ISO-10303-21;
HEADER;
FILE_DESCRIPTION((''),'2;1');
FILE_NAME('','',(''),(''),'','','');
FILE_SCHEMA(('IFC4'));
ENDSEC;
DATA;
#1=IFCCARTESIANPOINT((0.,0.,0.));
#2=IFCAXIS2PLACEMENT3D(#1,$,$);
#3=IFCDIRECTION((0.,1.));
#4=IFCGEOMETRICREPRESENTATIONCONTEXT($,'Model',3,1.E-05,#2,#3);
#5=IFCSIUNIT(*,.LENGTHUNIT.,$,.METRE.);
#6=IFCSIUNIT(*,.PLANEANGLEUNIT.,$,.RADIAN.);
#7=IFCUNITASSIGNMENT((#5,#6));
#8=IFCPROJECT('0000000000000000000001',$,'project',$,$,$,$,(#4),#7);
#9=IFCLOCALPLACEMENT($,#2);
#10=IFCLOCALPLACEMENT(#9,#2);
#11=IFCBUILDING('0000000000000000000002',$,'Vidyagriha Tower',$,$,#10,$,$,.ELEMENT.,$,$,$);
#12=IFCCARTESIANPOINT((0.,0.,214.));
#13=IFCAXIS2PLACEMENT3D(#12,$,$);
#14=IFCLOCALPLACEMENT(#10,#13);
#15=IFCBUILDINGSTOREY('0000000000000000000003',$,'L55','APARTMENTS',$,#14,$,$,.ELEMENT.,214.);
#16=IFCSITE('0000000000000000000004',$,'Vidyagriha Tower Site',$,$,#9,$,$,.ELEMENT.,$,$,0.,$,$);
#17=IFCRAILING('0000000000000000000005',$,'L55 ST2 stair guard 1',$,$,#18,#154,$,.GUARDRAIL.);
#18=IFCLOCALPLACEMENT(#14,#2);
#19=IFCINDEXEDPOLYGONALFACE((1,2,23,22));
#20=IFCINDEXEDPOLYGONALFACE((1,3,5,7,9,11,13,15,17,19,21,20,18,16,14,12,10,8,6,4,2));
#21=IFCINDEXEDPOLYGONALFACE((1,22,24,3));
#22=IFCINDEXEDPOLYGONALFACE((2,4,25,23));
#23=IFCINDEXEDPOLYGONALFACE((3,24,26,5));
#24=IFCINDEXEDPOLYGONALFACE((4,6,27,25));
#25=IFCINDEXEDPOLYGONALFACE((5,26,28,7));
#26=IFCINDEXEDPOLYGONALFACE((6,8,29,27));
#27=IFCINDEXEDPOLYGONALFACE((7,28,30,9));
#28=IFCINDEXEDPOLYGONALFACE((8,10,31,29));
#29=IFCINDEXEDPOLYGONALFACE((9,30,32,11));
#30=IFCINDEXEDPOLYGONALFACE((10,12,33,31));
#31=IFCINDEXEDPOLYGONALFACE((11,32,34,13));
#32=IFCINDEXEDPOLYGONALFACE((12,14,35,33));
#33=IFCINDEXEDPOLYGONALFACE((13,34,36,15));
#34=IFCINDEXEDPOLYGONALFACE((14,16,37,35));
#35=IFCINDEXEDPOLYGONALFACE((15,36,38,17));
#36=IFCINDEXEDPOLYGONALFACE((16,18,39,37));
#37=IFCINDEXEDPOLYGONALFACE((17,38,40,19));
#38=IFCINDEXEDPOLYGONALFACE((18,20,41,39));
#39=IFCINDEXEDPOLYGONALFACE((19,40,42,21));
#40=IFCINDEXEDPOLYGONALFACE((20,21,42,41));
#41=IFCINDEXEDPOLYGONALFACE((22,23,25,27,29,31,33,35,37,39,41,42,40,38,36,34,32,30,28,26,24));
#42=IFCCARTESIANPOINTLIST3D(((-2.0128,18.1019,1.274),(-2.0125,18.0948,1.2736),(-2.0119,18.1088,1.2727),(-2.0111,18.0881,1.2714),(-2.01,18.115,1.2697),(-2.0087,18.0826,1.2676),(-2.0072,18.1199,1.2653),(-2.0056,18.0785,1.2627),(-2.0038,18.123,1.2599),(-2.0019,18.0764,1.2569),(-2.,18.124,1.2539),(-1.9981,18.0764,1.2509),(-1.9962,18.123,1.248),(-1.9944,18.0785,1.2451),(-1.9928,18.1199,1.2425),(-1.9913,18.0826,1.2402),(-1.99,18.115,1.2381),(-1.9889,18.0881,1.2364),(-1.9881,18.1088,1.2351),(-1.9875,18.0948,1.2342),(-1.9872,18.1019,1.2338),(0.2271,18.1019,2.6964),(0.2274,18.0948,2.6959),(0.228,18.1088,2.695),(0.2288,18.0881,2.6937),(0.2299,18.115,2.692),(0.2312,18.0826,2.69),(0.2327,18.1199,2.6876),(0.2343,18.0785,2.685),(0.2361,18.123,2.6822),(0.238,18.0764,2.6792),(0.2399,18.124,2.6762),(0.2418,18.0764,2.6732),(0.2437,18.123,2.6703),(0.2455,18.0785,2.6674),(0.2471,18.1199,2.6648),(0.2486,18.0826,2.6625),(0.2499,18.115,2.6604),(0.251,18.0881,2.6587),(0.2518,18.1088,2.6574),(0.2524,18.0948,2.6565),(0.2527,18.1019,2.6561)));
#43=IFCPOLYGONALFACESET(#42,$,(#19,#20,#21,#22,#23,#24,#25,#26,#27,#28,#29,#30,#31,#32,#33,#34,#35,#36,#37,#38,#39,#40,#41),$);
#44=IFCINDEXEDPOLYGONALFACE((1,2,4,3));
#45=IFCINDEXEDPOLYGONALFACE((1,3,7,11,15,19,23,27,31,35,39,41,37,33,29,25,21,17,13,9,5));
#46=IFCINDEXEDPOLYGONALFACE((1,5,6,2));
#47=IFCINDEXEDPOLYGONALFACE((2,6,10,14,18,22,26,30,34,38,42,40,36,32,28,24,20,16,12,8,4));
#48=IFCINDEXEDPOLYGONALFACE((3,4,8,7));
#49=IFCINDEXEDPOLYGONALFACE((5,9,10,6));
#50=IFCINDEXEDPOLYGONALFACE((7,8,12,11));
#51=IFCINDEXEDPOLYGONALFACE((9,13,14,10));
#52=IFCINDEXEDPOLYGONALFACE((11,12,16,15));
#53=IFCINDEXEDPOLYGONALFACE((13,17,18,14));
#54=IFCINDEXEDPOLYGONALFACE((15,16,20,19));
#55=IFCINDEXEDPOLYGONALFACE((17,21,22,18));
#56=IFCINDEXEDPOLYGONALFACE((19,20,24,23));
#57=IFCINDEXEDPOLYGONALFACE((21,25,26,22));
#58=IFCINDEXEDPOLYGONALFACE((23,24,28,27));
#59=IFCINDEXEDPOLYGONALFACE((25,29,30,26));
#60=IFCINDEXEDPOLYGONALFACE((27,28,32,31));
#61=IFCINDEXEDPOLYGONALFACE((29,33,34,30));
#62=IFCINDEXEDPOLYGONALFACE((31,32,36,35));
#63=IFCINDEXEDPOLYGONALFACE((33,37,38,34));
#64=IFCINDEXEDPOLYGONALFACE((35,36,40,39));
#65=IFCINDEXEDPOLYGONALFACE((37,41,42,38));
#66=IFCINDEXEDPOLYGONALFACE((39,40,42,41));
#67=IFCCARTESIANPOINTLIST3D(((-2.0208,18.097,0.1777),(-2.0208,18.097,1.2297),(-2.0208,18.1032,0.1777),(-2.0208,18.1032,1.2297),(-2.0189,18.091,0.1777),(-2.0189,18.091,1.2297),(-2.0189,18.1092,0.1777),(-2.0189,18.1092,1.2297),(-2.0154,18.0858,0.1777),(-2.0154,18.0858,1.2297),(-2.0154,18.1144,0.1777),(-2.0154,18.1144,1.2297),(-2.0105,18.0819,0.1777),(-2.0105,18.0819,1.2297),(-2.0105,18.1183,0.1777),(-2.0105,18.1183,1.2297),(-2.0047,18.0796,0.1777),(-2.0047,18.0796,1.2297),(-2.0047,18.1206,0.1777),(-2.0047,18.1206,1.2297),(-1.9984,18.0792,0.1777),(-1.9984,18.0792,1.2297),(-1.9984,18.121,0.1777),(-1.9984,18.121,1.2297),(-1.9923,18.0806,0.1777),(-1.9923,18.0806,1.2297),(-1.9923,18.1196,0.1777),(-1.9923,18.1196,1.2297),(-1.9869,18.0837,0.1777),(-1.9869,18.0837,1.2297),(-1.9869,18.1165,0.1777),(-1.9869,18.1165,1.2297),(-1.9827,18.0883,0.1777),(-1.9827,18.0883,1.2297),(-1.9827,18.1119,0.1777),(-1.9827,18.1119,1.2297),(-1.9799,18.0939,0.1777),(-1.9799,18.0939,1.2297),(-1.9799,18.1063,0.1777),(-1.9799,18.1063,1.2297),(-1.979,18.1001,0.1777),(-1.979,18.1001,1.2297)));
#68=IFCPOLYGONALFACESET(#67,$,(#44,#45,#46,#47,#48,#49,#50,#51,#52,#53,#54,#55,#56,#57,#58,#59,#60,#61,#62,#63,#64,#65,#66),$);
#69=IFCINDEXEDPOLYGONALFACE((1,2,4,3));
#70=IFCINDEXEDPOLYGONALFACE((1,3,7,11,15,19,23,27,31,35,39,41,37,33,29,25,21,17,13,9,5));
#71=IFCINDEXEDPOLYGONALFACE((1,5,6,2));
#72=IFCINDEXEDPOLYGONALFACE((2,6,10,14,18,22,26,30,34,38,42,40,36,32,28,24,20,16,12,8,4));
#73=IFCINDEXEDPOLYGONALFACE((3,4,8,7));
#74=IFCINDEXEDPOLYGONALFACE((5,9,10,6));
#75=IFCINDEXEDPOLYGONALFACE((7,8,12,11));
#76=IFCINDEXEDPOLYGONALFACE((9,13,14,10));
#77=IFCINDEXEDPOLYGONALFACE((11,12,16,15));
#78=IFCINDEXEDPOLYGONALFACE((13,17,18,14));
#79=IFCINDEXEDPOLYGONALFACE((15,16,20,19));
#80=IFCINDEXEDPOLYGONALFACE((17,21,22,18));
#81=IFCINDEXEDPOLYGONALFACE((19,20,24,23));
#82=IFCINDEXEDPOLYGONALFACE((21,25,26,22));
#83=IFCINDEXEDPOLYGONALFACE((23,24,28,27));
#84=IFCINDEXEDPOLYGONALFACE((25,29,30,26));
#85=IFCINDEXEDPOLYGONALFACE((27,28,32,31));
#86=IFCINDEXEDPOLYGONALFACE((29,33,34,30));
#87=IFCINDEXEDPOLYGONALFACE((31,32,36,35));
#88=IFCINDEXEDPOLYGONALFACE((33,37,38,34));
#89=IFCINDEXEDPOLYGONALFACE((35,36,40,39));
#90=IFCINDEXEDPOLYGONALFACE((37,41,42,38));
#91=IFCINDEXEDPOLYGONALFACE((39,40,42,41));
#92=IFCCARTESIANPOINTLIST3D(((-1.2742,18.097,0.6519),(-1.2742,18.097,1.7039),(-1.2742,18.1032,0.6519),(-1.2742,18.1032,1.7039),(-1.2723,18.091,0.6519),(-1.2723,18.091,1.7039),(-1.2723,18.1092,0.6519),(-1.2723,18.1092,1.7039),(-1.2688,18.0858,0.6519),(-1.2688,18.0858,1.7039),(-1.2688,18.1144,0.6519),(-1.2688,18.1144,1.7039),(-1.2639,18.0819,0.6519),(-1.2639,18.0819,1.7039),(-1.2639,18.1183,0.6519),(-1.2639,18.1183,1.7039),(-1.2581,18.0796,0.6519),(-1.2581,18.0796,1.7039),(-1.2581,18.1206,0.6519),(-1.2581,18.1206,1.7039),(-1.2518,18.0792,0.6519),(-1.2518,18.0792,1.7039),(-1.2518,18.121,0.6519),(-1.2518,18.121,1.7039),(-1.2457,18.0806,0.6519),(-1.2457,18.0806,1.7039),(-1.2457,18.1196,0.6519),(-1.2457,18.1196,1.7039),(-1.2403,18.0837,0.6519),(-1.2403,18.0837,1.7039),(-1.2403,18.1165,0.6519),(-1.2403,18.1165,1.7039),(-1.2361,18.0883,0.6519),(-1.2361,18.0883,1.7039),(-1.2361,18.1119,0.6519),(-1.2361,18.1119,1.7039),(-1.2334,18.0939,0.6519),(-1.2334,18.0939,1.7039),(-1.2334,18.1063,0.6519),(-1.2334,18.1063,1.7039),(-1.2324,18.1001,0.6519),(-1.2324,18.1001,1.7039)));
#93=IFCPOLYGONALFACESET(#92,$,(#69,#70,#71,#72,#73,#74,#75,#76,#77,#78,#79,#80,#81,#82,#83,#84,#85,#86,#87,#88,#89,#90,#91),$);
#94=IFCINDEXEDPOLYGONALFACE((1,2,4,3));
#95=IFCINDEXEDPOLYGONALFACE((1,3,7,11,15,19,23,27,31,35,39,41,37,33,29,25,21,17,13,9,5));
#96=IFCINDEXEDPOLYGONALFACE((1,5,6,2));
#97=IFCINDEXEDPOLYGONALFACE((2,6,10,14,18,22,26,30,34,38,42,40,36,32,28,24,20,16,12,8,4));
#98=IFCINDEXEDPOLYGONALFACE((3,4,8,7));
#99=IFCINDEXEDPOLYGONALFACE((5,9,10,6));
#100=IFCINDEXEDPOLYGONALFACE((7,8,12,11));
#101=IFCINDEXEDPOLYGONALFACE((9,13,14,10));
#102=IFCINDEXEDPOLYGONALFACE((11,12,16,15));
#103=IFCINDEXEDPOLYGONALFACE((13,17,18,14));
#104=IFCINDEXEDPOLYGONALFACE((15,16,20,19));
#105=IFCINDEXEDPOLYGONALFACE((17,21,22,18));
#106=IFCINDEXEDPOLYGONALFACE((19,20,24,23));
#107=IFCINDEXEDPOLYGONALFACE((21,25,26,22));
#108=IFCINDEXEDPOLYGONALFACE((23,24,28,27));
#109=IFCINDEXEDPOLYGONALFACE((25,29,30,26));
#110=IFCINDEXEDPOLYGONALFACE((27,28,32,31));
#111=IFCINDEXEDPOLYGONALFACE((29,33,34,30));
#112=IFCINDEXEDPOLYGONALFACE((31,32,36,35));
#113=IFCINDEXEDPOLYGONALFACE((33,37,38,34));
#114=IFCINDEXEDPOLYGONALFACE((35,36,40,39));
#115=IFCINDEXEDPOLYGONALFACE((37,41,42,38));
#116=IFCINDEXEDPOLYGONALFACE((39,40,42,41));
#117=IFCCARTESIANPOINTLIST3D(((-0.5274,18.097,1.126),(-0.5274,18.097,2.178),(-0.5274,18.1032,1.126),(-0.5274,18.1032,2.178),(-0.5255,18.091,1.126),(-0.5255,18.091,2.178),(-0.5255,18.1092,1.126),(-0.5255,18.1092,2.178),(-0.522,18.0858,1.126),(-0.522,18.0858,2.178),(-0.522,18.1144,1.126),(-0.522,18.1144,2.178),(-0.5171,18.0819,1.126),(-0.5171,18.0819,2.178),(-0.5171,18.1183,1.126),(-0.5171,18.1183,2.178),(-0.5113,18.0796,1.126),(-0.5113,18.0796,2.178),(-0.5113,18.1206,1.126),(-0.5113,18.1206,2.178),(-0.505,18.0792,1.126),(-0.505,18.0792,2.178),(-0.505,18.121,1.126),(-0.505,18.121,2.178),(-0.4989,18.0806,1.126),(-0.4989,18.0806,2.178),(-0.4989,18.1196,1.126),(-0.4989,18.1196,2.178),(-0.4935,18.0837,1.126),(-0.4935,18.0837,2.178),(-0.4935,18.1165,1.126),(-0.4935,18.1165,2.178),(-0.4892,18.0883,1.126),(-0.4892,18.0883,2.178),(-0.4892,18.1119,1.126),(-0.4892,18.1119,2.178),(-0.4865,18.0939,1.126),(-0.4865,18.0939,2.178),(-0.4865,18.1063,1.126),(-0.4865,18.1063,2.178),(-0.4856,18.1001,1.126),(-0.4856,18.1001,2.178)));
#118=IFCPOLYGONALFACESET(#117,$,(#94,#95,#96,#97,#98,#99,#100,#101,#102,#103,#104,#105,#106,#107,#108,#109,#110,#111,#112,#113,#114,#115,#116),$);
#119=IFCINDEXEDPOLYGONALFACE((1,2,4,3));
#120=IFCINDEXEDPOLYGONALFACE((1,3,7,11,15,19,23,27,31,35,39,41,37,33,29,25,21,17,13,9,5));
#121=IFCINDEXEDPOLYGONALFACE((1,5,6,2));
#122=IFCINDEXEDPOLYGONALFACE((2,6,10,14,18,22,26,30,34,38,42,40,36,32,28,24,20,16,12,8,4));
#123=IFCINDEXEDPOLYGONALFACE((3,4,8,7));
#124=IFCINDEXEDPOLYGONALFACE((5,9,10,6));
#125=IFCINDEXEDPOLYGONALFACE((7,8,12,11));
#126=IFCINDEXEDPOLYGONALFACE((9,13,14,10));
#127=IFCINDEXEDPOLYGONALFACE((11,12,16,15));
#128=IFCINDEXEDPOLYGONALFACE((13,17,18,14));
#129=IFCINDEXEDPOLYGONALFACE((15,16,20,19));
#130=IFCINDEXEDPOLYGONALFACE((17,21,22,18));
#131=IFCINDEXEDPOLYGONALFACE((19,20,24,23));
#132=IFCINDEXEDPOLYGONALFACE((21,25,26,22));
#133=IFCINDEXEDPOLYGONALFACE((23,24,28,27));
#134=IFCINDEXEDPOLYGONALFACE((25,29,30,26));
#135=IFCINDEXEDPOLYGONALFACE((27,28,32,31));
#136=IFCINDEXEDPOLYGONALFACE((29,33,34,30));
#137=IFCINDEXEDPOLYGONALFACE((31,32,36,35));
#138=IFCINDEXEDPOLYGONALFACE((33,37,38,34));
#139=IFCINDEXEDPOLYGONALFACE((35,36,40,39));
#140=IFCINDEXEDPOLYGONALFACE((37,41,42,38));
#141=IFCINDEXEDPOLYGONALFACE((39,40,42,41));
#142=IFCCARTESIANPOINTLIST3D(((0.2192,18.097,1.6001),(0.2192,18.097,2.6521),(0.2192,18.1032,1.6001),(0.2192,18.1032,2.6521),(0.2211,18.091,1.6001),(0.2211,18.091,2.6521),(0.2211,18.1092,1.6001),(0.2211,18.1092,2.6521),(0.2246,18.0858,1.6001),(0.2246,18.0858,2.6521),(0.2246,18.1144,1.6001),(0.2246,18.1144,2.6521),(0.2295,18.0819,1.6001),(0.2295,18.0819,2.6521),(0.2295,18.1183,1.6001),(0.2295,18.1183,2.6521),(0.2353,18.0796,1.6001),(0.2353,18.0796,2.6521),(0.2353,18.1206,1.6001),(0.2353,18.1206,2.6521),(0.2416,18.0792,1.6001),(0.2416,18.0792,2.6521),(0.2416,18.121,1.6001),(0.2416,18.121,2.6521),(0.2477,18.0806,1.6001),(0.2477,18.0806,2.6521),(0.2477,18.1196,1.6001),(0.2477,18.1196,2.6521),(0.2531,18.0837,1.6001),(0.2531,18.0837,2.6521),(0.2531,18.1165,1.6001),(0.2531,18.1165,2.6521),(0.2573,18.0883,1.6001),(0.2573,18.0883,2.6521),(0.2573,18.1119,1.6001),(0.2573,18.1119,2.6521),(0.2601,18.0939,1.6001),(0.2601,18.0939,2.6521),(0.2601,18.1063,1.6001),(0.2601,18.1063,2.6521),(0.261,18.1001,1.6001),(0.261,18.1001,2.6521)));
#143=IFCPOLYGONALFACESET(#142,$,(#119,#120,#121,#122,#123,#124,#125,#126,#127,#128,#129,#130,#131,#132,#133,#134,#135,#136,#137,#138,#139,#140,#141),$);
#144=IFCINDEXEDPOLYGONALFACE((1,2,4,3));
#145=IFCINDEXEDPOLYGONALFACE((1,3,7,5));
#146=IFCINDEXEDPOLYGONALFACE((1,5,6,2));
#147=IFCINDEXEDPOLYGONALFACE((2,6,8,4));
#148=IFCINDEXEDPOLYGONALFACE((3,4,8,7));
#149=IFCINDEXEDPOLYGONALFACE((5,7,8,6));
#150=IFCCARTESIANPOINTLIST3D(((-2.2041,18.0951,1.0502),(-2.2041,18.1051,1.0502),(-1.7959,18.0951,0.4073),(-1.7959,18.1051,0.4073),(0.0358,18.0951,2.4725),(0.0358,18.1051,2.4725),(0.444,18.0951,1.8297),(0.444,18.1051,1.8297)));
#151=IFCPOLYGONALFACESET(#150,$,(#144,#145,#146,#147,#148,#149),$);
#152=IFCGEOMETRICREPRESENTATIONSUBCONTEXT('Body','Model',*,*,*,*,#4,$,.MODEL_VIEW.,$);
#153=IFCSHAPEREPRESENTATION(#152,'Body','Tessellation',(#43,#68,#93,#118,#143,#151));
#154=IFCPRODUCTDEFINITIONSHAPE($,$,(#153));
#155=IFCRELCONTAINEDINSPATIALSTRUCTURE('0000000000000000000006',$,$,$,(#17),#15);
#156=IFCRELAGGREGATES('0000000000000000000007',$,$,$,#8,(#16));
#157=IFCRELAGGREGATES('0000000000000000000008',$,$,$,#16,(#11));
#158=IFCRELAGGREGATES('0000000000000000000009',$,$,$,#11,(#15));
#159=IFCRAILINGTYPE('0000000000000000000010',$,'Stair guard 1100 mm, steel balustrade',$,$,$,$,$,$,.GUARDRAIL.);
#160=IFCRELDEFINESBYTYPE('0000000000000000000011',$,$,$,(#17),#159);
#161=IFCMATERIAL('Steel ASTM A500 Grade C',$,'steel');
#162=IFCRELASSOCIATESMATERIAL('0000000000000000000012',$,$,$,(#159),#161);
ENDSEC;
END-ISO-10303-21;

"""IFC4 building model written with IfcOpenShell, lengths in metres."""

from ifc_helpers import new_model, si_unit, direction, frame, origin, origin_2d, place, context, subcontext, project, spatial, rectangle, circle, extrude, material, type_object, element, save


model = new_model("IFC4")

# Units and contexts
model_context = context("Model", 3, precision=1e-05, world=origin(), true_north=direction((0.0, 1.0)))
body_context = subcontext(model_context, "Body", "Model", "MODEL_VIEW")
ifc_project = project(units=[si_unit("LENGTHUNIT", "METRE"), si_unit("PLANEANGLEUNIT", "RADIAN")], contexts=[model_context])

# Site, building, storey
site_placement = place(None, origin())
site = spatial("IfcSite", under=ifc_project, at=site_placement, Name="Vidyagriha Tower Site", CompositionType="ELEMENT", RefElevation=0.0)
building_placement = place(site_placement, origin())
building = spatial("IfcBuilding", under=site, at=building_placement, Name="Vidyagriha Tower", CompositionType="ELEMENT")
storey_placement = place(building_placement, frame((0.0, 0.0, 214.0)))
storey = spatial("IfcBuildingStorey", under=building, at=storey_placement, Name="L55", Description="APARTMENTS", CompositionType="ELEMENT", Elevation=214.0)

# Railing
ifc_material_1 = material(Name="Steel ASTM A500 Grade C", Category="steel")
railing_type_1 = type_object("IfcRailingType", Name="Stair guard 1100 mm, steel balustrade", PredefinedType="GUARDRAIL", material=ifc_material_1)
railing_1_placement = place(storey_placement, frame((-2.0, 18.1001, 0.1777)))
element("IfcRailing", 1, at=railing_1_placement, inside=storey, type_object=railing_type_1, Name="L55 ST2 stair guard 1", PredefinedType="GUARDRAIL", context=body_context, shape_type="SweptSolid", body=[
    extrude(circle(Radius=0.0239, at=origin_2d()), frame((0.0, 0.0, 1.0762), z_axis=(0.844188, 0.0, 0.536048), x_axis=(0.0, 1.0, 0.0)), (0.0, 0.0, 1.0), 2.6533),
    extrude(circle(Radius=0.021, at=origin_2d()), origin(), (0.0, 0.0, 1.0), 1.052),
    extrude(circle(Radius=0.021, at=origin_2d()), frame((0.7466, 0.0, 0.4741)), (0.0, 0.0, 1.0), 1.052),
    extrude(circle(Radius=0.021, at=origin_2d()), frame((1.4934, 0.0, 0.9482)), (0.0, 0.0, 1.0), 1.052),
    extrude(circle(Radius=0.021, at=origin_2d()), frame((2.24, 0.0, 1.4224)), (0.0, 0.0, 1.0), 1.052),
    extrude(rectangle(XDim=0.01, YDim=0.7615, at=origin_2d()), frame((0.0, 0.0, 0.551), z_axis=(0.844188, 0.0, 0.536048), x_axis=(0.0, 1.0, 0.0)), (0.0, 0.0, 1.0), 2.6533),
])

save(model, "model.ifc")
